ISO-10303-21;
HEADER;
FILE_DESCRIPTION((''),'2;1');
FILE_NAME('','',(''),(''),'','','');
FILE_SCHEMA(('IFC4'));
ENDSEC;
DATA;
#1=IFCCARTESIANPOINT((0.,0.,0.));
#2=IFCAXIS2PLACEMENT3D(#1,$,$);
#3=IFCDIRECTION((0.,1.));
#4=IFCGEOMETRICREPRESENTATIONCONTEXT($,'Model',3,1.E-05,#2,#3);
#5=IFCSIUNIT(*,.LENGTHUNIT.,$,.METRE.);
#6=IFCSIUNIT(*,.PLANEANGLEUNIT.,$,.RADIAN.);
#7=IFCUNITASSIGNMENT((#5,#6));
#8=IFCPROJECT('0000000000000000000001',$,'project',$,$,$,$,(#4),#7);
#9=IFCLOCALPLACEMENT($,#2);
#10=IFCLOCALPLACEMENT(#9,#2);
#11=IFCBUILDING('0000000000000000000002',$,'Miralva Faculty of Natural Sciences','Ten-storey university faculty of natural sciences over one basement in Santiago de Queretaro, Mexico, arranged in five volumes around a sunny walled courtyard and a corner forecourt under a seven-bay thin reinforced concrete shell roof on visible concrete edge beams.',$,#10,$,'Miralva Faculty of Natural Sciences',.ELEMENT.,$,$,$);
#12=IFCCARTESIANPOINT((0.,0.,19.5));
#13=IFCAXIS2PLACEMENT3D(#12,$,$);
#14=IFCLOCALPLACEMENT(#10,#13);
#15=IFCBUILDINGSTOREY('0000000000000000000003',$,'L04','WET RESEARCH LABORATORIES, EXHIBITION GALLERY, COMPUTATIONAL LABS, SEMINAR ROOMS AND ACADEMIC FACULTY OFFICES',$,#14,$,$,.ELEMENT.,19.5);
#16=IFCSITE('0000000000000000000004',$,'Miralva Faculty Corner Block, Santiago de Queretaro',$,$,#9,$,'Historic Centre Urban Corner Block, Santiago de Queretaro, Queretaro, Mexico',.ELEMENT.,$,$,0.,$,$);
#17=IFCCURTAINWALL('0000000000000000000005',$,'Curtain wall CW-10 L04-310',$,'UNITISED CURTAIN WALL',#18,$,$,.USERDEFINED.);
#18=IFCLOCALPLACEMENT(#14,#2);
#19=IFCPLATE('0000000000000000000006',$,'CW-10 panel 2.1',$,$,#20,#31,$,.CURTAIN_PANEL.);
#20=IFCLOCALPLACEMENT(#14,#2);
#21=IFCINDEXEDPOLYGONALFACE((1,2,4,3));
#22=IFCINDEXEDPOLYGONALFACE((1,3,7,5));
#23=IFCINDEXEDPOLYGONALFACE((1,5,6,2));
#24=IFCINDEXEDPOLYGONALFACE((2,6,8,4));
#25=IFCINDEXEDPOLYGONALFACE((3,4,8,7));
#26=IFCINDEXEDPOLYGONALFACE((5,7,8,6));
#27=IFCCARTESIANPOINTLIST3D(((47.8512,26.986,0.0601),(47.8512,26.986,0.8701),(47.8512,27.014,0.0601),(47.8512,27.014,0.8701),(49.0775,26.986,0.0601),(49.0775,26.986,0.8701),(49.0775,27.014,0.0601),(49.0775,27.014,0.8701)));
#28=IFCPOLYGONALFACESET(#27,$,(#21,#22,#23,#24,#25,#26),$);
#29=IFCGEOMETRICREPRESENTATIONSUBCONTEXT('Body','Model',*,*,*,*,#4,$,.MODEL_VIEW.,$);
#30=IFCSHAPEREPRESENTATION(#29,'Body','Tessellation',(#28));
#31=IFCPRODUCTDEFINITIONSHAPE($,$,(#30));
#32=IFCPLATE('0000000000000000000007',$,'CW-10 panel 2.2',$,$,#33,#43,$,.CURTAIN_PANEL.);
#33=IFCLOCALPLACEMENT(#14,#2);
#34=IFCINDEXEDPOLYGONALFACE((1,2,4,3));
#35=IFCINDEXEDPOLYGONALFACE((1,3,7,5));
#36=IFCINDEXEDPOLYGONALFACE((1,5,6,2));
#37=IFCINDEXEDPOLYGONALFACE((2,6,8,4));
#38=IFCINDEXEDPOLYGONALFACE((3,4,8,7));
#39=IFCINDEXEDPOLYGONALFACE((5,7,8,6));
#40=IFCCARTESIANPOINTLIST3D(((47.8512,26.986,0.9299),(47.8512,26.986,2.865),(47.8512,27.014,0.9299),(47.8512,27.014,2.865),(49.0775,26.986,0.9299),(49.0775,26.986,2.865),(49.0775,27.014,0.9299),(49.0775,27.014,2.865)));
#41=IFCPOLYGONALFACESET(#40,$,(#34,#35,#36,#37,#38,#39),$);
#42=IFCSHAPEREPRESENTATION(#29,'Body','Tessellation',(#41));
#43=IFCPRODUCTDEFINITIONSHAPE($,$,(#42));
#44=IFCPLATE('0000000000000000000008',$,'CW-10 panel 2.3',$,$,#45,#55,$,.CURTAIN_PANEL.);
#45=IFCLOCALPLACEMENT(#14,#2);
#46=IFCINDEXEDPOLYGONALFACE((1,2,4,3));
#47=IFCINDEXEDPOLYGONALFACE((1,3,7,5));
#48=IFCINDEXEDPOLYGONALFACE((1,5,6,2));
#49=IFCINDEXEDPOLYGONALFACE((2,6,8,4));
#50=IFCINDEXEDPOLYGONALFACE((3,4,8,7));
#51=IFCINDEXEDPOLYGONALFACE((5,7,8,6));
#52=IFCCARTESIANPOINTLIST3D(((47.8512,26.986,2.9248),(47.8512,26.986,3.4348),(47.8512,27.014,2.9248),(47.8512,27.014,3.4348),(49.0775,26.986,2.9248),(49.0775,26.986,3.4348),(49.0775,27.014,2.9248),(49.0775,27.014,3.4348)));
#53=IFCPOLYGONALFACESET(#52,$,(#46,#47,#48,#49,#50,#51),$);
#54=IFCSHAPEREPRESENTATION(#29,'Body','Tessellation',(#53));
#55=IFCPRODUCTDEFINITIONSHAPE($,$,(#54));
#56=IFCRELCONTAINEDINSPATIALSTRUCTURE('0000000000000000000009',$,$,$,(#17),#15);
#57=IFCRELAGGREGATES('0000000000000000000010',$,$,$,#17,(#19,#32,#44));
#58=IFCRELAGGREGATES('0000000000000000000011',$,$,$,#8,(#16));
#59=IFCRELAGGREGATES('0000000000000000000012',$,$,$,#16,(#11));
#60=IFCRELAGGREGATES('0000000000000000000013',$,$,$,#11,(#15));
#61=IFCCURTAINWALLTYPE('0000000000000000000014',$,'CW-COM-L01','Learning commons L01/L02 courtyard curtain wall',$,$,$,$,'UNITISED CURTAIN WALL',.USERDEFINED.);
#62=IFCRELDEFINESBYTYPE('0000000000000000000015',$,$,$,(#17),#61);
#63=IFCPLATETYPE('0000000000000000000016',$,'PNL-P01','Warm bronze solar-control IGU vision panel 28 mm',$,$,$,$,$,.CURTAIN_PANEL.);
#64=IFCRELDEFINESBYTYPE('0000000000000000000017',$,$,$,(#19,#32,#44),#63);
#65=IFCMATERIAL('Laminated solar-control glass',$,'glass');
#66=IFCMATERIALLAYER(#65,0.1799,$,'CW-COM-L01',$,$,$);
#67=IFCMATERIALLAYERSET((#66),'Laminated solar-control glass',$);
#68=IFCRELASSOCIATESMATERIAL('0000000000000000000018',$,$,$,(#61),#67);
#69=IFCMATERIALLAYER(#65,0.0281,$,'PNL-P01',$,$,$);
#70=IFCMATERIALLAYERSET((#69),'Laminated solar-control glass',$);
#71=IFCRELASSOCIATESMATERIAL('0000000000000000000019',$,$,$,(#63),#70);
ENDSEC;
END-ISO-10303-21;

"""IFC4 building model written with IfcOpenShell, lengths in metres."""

from ifc_helpers import new_model, si_unit, direction, frame, origin, origin_2d, place, context, subcontext, project, spatial, rectangle, extrude, material, layer, layer_set, type_object, element, aggregate, save


model = new_model("IFC4")

# Units and contexts
model_context = context("Model", 3, precision=1e-05, world=origin(), true_north=direction((0.0, 1.0)))
body_context = subcontext(model_context, "Body", "Model", "MODEL_VIEW")
ifc_project = project(units=[si_unit("LENGTHUNIT", "METRE"), si_unit("PLANEANGLEUNIT", "RADIAN")], contexts=[model_context])

# Site, building, storey
site_placement = place(None, origin())
site = spatial("IfcSite", under=ifc_project, at=site_placement, Name="Miralva Faculty Corner Block, Santiago de Queretaro", LongName="Historic Centre Urban Corner Block, Santiago de Queretaro, Queretaro, Mexico", CompositionType="ELEMENT", RefElevation=0.0)
building_placement = place(site_placement, origin())
building = spatial("IfcBuilding", under=site, at=building_placement, Name="Miralva Faculty of Natural Sciences", Description="Ten-storey university faculty of natural sciences over one basement in Santiago de Queretaro, Mexico, arranged in five volumes around a sunny walled courtyard and a corner forecourt under a seven-bay thin reinforced concrete shell roof on visible concrete edge beams.", LongName="Miralva Faculty of Natural Sciences", CompositionType="ELEMENT")
storey_placement = place(building_placement, frame((0.0, 0.0, 19.5)))
storey = spatial("IfcBuildingStorey", under=building, at=storey_placement, Name="L04", Description="WET RESEARCH LABORATORIES, EXHIBITION GALLERY, COMPUTATIONAL LABS, SEMINAR ROOMS AND ACADEMIC FACULTY OFFICES", CompositionType="ELEMENT", Elevation=19.5)

# Curtain wall
ifc_material_1 = material(Name="Laminated solar-control glass", Category="glass")
ifc_layer_1 = layer(ifc_material_1, 0.1799, Name="CW-COM-L01")
ifc_layer_set_1 = layer_set([ifc_layer_1], Name="Laminated solar-control glass")
curtain_wall_type = type_object("IfcCurtainWallType", Name="CW-COM-L01", Description="Learning commons L01/L02 courtyard curtain wall", ElementType="UNITISED CURTAIN WALL", PredefinedType="USERDEFINED", material=ifc_layer_set_1)
curtain_wall_1_placement = place(storey_placement, origin())
curtain_wall_1 = element("IfcCurtainWall", 1, at=curtain_wall_1_placement, inside=storey, type_object=curtain_wall_type, Name="Curtain wall CW-10 L04-310", ObjectType="UNITISED CURTAIN WALL", PredefinedType="USERDEFINED")

# Plates
ifc_layer_2 = layer(ifc_material_1, 0.0281, Name="PNL-P01")
ifc_layer_set_2 = layer_set([ifc_layer_2], Name="Laminated solar-control glass")
plate_type = type_object("IfcPlateType", Name="PNL-P01", Description="Warm bronze solar-control IGU vision panel 28 mm", PredefinedType="CURTAIN_PANEL", material=ifc_layer_set_2)
plate_1_placement = place(storey_placement, frame((48.4644, 27.0, 0.0601), z_axis=(0.0, 0.0, 1.0), x_axis=(1.0, 0.0, 0.0)))
plate_1 = element("IfcPlate", 2, at=plate_1_placement, type_object=plate_type, Name="CW-10 panel 2.1", PredefinedType="CURTAIN_PANEL", context=body_context, shape_type="SweptSolid", body=[
    extrude(rectangle(XDim=1.2263, YDim=0.0281, at=origin_2d()), origin(), (0.0, 0.0, 1.0), 0.8101),
])
plate_2_placement = place(storey_placement, frame((48.4644, 27.0, 0.9299), z_axis=(0.0, 0.0, 1.0), x_axis=(1.0, 0.0, 0.0)))
plate_2 = element("IfcPlate", 3, at=plate_2_placement, type_object=plate_type, Name="CW-10 panel 2.2", PredefinedType="CURTAIN_PANEL", context=body_context, shape_type="SweptSolid", body=[
    extrude(rectangle(XDim=1.2263, YDim=0.0281, at=origin_2d()), origin(), (0.0, 0.0, 1.0), 1.9351),
])
plate_3_placement = place(storey_placement, frame((48.4644, 27.0, 2.9248), z_axis=(0.0, 0.0, 1.0), x_axis=(1.0, 0.0, 0.0)))
plate_3 = element("IfcPlate", 4, at=plate_3_placement, type_object=plate_type, Name="CW-10 panel 2.3", PredefinedType="CURTAIN_PANEL", context=body_context, shape_type="SweptSolid", body=[
    extrude(rectangle(XDim=1.2263, YDim=0.0281, at=origin_2d()), origin(), (0.0, 0.0, 1.0), 0.51),
])
aggregate(curtain_wall_1, [plate_1, plate_2, plate_3])

save(model, "model.ifc")
